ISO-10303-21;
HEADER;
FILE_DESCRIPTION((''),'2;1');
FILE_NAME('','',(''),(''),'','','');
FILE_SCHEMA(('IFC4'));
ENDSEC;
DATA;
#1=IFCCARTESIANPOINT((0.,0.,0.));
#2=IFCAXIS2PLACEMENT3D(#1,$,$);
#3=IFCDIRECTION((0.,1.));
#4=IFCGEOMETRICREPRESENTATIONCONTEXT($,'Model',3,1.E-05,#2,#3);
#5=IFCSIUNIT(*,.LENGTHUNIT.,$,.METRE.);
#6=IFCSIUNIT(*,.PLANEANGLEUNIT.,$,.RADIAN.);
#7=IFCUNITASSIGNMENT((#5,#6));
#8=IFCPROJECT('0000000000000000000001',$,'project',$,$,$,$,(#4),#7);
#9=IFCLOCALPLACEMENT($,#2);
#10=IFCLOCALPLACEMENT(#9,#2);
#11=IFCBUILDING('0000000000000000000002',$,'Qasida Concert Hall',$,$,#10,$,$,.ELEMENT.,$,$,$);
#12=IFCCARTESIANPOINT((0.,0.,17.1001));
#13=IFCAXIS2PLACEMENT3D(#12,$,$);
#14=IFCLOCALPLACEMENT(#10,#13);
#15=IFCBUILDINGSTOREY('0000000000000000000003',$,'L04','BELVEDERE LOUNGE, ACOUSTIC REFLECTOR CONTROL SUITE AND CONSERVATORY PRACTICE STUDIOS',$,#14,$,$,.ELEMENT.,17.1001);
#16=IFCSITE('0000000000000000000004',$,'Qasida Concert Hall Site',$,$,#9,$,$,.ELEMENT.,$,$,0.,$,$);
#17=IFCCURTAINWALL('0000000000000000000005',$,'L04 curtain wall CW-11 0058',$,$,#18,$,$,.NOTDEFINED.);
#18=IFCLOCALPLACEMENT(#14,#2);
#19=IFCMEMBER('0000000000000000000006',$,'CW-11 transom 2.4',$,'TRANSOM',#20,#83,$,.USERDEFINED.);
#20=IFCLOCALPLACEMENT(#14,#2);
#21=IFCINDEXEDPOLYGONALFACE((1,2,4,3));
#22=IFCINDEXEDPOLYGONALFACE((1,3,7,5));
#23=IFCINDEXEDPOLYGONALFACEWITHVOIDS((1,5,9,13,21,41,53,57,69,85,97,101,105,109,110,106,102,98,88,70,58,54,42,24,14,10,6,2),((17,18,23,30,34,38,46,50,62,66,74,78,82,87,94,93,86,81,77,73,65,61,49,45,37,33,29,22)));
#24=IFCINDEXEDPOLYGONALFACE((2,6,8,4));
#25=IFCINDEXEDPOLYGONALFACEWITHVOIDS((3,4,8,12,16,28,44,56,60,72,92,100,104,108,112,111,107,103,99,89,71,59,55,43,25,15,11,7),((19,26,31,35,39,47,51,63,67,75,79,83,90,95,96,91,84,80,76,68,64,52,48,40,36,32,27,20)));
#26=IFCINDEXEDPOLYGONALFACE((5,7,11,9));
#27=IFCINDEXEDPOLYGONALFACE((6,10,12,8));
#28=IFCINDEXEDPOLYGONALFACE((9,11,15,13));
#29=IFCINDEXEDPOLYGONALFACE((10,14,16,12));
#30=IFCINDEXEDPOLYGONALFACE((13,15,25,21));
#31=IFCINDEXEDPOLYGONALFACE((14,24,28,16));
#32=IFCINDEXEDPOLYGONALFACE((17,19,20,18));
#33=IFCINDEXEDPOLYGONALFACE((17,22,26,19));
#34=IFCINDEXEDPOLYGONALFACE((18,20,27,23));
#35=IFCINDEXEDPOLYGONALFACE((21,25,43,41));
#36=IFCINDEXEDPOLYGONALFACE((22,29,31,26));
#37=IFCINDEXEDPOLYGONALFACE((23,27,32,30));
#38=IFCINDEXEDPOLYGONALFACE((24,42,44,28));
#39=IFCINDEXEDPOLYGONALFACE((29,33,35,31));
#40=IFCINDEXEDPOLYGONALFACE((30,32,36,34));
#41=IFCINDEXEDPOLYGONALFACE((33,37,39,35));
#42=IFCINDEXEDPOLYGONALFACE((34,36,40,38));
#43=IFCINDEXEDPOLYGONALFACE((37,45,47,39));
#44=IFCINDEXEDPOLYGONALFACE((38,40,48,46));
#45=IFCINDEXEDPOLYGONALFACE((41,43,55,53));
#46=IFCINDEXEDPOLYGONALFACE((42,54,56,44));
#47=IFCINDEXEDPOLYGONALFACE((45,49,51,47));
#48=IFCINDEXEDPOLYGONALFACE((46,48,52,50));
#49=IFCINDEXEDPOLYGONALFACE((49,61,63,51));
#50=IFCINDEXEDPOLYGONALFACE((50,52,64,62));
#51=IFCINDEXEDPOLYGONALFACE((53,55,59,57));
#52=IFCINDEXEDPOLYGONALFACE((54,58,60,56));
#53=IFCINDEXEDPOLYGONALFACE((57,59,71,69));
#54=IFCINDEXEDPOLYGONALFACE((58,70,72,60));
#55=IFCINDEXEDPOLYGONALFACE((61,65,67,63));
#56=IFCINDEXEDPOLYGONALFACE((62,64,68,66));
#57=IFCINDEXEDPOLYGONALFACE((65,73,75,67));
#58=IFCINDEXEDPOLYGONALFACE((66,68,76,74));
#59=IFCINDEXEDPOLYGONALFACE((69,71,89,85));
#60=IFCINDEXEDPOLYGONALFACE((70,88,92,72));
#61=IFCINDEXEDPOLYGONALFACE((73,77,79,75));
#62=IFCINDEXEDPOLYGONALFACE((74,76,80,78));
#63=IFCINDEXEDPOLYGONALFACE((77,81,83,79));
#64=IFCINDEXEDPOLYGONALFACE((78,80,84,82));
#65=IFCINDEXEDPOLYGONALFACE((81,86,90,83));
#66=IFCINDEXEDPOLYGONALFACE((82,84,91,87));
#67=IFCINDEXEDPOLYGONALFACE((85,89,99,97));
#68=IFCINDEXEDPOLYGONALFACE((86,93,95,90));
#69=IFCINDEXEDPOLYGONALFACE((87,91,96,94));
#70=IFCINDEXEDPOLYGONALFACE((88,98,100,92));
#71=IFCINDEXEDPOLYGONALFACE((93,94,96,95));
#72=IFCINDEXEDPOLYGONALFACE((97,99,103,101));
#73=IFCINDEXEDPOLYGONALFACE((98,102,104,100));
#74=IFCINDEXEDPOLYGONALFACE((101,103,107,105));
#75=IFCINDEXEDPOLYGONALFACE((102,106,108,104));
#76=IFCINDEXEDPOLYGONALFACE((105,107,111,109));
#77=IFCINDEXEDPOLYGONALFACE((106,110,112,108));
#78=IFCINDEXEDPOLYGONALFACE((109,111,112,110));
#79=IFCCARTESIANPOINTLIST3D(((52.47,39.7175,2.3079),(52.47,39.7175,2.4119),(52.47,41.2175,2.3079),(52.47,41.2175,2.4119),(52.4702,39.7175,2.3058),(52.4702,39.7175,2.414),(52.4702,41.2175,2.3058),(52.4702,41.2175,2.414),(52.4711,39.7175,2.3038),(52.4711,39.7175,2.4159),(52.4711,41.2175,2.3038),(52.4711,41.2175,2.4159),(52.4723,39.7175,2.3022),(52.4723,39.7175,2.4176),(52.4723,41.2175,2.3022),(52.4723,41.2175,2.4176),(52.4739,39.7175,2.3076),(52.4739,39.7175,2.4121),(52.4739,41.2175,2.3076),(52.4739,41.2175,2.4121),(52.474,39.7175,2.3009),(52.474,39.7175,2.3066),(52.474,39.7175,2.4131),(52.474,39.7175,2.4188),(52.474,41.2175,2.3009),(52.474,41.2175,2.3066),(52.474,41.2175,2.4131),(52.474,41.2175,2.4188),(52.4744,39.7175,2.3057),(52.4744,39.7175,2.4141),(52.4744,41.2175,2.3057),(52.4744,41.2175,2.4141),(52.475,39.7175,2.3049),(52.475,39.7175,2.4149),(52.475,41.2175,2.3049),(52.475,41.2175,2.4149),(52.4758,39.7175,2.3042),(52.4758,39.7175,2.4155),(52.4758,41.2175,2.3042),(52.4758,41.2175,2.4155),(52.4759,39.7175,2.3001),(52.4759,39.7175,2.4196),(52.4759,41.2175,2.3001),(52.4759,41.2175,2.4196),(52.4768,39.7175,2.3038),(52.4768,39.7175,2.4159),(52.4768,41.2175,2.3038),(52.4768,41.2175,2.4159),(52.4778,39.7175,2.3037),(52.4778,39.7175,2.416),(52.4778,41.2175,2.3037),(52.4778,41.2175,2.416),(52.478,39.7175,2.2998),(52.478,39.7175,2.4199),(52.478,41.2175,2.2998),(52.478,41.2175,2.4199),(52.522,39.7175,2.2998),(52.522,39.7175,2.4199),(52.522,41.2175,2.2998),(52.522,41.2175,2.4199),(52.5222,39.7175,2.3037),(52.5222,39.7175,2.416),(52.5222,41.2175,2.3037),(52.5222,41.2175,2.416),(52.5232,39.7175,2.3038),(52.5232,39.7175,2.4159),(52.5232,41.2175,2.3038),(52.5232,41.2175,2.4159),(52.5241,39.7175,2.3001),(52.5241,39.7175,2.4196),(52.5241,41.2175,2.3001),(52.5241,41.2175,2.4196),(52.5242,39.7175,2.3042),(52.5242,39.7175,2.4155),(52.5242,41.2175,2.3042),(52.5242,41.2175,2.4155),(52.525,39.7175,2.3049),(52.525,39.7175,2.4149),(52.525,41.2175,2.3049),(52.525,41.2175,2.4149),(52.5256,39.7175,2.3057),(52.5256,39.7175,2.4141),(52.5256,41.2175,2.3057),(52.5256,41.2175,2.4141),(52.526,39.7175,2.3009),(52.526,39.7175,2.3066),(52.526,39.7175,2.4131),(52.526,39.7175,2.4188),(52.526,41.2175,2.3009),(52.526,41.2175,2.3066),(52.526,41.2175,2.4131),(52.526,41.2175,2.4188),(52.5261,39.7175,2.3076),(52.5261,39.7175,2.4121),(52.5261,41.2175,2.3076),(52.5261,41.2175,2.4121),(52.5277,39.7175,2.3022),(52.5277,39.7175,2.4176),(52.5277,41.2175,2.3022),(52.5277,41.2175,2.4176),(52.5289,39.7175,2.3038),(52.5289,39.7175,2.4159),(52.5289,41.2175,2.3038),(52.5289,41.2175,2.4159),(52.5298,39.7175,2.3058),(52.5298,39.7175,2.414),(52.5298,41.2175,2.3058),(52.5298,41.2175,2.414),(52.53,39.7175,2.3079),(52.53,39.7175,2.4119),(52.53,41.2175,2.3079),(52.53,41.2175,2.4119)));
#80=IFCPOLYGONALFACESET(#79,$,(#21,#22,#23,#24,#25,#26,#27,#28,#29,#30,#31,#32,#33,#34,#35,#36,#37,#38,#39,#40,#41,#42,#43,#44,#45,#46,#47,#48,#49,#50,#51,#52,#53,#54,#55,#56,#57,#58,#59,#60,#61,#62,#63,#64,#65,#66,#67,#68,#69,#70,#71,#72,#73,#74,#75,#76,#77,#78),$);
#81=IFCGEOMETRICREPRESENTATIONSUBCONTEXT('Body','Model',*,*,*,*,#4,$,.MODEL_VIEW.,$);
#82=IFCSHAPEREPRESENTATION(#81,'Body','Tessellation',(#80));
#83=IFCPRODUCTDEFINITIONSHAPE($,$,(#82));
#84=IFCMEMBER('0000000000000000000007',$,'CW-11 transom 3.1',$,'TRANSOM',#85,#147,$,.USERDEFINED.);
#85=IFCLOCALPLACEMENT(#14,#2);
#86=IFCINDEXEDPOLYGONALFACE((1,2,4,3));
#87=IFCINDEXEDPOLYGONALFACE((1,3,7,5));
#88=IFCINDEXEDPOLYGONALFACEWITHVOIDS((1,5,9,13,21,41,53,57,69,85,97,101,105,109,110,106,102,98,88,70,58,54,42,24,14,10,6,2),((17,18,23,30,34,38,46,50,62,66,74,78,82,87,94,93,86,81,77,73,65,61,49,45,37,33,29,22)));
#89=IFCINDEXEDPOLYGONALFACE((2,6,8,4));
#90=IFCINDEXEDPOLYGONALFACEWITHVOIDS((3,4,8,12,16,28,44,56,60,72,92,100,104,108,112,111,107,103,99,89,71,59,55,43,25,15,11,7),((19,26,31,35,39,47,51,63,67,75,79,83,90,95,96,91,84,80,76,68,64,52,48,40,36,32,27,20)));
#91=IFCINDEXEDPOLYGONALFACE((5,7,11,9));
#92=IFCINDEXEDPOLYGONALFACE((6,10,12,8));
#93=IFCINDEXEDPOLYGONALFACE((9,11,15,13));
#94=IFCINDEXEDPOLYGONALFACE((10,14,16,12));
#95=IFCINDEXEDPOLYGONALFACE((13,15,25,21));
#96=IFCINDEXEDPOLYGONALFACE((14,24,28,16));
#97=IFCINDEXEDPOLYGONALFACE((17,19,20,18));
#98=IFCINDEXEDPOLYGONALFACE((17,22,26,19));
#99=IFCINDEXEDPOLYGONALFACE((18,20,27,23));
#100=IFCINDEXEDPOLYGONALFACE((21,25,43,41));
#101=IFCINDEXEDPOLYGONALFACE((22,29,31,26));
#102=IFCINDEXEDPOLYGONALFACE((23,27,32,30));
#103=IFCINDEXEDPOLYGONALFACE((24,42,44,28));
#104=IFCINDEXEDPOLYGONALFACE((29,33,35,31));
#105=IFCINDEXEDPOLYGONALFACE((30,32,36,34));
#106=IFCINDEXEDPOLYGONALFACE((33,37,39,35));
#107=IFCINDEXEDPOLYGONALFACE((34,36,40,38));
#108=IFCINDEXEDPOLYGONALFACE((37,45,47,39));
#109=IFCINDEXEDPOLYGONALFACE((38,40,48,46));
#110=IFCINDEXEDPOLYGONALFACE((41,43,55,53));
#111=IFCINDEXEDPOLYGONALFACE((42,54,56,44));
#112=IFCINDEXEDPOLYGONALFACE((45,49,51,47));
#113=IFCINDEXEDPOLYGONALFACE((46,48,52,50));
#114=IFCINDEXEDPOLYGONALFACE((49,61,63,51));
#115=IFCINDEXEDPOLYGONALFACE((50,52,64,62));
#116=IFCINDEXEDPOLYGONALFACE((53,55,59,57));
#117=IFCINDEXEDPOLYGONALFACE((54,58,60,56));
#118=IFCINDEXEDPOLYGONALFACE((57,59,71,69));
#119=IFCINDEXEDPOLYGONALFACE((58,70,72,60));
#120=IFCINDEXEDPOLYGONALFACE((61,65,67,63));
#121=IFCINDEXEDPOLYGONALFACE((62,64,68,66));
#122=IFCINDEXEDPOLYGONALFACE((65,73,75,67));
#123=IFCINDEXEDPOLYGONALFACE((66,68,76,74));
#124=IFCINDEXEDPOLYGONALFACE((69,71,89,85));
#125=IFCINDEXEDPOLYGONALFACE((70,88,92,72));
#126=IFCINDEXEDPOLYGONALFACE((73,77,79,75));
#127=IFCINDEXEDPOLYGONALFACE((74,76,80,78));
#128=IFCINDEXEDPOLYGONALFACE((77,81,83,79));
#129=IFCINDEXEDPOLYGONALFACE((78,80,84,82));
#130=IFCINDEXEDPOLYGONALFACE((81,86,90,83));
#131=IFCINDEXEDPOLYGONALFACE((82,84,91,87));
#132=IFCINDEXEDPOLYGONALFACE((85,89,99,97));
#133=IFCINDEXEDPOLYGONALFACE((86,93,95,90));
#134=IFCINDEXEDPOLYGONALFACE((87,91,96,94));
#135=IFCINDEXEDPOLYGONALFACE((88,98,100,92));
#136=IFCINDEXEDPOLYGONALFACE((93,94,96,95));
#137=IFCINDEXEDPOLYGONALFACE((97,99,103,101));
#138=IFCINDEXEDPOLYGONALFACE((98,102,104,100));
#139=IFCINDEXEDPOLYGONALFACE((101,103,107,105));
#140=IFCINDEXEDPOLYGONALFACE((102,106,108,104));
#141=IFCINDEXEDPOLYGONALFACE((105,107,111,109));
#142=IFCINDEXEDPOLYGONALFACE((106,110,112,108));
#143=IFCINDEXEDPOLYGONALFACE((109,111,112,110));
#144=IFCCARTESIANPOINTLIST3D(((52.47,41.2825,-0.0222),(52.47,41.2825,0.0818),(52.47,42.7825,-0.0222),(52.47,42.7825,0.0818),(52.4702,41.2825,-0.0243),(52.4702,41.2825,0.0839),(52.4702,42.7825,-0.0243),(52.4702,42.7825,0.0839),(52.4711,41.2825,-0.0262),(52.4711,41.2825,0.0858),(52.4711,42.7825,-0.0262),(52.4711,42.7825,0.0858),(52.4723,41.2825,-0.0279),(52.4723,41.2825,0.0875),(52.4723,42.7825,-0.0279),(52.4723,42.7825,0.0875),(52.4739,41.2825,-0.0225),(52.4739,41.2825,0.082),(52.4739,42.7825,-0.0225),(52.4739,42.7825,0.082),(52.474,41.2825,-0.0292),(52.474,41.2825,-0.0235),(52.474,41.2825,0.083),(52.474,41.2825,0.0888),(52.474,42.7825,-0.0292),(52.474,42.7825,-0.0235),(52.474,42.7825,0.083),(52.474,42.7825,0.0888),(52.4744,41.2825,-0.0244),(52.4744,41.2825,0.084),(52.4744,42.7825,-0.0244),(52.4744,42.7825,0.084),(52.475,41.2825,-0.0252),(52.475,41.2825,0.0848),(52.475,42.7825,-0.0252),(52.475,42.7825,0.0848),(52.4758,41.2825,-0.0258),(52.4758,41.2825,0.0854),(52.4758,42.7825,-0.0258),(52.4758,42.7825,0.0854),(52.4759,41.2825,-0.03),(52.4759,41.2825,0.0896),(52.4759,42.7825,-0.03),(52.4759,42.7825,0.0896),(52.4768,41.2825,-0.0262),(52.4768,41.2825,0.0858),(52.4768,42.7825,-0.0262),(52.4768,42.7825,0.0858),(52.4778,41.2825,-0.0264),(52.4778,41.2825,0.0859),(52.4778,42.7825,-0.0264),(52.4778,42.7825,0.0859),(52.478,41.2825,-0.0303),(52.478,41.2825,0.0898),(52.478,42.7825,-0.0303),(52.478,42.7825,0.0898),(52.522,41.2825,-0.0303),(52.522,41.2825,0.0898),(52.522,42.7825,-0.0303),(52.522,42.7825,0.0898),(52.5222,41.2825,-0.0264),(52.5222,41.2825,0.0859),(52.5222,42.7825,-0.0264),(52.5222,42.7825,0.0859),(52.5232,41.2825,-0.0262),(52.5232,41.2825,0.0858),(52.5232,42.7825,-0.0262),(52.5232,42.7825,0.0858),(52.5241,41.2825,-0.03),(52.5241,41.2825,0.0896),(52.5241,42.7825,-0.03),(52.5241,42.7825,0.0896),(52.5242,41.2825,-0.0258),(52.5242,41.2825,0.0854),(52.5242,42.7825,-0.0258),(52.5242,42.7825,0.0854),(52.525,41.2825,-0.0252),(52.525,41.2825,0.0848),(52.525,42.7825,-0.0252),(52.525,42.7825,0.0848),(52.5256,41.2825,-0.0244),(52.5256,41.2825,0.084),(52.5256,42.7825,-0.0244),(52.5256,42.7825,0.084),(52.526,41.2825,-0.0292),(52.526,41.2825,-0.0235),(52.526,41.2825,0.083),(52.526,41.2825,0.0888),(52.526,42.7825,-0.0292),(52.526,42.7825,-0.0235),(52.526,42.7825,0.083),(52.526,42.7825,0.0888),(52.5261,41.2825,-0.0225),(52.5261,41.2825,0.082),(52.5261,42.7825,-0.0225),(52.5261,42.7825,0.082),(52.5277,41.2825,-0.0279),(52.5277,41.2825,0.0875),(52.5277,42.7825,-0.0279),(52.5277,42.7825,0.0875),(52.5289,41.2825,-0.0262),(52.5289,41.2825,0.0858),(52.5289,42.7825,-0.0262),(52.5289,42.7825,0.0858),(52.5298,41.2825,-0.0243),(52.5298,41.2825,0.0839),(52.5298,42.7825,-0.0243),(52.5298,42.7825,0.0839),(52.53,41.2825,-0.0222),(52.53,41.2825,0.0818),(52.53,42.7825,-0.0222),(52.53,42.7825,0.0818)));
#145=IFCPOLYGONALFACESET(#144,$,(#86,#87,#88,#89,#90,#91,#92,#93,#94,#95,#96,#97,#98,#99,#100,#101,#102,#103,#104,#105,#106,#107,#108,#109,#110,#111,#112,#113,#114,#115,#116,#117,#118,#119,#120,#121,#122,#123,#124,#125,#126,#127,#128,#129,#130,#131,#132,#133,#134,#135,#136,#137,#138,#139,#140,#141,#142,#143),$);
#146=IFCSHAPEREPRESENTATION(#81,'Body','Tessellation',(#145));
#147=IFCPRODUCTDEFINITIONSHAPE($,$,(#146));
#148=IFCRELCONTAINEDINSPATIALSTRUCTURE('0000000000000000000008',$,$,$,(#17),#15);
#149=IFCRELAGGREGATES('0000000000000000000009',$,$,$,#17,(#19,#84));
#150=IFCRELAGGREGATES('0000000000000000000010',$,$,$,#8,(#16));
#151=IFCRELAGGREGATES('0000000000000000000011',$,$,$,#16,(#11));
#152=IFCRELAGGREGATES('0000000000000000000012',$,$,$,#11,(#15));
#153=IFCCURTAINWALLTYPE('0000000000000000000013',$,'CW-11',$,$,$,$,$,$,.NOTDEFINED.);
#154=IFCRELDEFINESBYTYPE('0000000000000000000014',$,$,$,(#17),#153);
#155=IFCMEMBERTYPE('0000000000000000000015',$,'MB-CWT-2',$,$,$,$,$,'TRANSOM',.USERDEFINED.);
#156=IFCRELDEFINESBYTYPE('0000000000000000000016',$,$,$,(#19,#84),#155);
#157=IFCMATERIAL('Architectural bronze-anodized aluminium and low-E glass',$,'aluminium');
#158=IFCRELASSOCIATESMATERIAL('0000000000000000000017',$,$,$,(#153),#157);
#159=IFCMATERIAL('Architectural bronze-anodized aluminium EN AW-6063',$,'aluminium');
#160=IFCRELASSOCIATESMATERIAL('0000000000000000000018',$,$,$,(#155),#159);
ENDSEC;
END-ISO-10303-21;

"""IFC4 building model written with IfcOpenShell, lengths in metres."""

from ifc_helpers import new_model, si_unit, direction, frame, origin, origin_2d, place, context, subcontext, project, spatial, hollow_rectangle, extrude, material, material_profile, profile_set, type_object, element, aggregate, save


model = new_model("IFC4")

# Units and contexts
model_context = context("Model", 3, precision=1e-05, world=origin(), true_north=direction((0.0, 1.0)))
body_context = subcontext(model_context, "Body", "Model", "MODEL_VIEW")
ifc_project = project(units=[si_unit("LENGTHUNIT", "METRE"), si_unit("PLANEANGLEUNIT", "RADIAN")], contexts=[model_context])

# Site, building, storey
site_placement = place(None, origin())
site = spatial("IfcSite", under=ifc_project, at=site_placement, Name="Qasida Concert Hall Site", CompositionType="ELEMENT", RefElevation=0.0)
building_placement = place(site_placement, origin())
building = spatial("IfcBuilding", under=site, at=building_placement, Name="Qasida Concert Hall", CompositionType="ELEMENT")
storey_placement = place(building_placement, frame((0.0, 0.0, 17.1001)))
storey = spatial("IfcBuildingStorey", under=building, at=storey_placement, Name="L04", Description="BELVEDERE LOUNGE, ACOUSTIC REFLECTOR CONTROL SUITE AND CONSERVATORY PRACTICE STUDIOS", CompositionType="ELEMENT", Elevation=17.1001)

# Curtain wall, members
ifc_material_1 = material(Name="Architectural bronze-anodized aluminium and low-E glass", Category="aluminium")
curtain_wall_type = type_object("IfcCurtainWallType", Name="CW-11", PredefinedType="NOTDEFINED", material=ifc_material_1)
curtain_wall_placement = place(storey_placement, origin())
curtain_wall = element("IfcCurtainWall", 1, at=curtain_wall_placement, inside=storey, type_object=curtain_wall_type, Name="L04 curtain wall CW-11 0058", PredefinedType="NOTDEFINED")
ifc_material_2 = material(Name="Architectural bronze-anodized aluminium EN AW-6063", Category="aluminium")
ifc_material_profile_1 = material_profile(ifc_material_2, hollow_rectangle(XDim=0.0601, YDim=0.1201, WallThickness=0.0039, InnerFilletRadius=0.0039, OuterFilletRadius=0.0081, at=origin_2d()), Name="CWT 120x60x4")
ifc_profile_set_1 = profile_set([ifc_material_profile_1], Name="Architectural bronze-anodized aluminium EN AW-6063")
member_type_1 = type_object("IfcMemberType", Name="MB-CWT-2", ElementType="TRANSOM", PredefinedType="USERDEFINED", material=ifc_profile_set_1)
member_1_placement = place(storey_placement, frame((52.5, 39.7175, 2.3599), z_axis=(0.0, 1.0, 0.0), x_axis=(-1.0, 0.0, 0.0)))
member_1 = element("IfcMember", 2, at=member_1_placement, type_object=member_type_1, Name="CW-11 transom 2.4", ObjectType="TRANSOM", PredefinedType="USERDEFINED", context=body_context, shape_type="SweptSolid", body=[
    extrude(hollow_rectangle(XDim=0.0601, YDim=0.1201, WallThickness=0.0039, InnerFilletRadius=0.0039, OuterFilletRadius=0.0081, at=origin_2d()), origin(), (0.0, 0.0, 1.0), 1.5),
])
member_2_placement = place(storey_placement, frame((52.5, 41.2825, 0.0298), z_axis=(0.0, 1.0, 0.0), x_axis=(-1.0, 0.0, 0.0)))
member_2 = element("IfcMember", 3, at=member_2_placement, type_object=member_type_1, Name="CW-11 transom 3.1", ObjectType="TRANSOM", PredefinedType="USERDEFINED", context=body_context, shape_type="SweptSolid", body=[
    extrude(hollow_rectangle(XDim=0.0601, YDim=0.1201, WallThickness=0.0039, InnerFilletRadius=0.0039, OuterFilletRadius=0.0081, at=origin_2d()), origin(), (0.0, 0.0, 1.0), 1.5),
])
aggregate(curtain_wall, [member_1, member_2])

save(model, "model.ifc")
